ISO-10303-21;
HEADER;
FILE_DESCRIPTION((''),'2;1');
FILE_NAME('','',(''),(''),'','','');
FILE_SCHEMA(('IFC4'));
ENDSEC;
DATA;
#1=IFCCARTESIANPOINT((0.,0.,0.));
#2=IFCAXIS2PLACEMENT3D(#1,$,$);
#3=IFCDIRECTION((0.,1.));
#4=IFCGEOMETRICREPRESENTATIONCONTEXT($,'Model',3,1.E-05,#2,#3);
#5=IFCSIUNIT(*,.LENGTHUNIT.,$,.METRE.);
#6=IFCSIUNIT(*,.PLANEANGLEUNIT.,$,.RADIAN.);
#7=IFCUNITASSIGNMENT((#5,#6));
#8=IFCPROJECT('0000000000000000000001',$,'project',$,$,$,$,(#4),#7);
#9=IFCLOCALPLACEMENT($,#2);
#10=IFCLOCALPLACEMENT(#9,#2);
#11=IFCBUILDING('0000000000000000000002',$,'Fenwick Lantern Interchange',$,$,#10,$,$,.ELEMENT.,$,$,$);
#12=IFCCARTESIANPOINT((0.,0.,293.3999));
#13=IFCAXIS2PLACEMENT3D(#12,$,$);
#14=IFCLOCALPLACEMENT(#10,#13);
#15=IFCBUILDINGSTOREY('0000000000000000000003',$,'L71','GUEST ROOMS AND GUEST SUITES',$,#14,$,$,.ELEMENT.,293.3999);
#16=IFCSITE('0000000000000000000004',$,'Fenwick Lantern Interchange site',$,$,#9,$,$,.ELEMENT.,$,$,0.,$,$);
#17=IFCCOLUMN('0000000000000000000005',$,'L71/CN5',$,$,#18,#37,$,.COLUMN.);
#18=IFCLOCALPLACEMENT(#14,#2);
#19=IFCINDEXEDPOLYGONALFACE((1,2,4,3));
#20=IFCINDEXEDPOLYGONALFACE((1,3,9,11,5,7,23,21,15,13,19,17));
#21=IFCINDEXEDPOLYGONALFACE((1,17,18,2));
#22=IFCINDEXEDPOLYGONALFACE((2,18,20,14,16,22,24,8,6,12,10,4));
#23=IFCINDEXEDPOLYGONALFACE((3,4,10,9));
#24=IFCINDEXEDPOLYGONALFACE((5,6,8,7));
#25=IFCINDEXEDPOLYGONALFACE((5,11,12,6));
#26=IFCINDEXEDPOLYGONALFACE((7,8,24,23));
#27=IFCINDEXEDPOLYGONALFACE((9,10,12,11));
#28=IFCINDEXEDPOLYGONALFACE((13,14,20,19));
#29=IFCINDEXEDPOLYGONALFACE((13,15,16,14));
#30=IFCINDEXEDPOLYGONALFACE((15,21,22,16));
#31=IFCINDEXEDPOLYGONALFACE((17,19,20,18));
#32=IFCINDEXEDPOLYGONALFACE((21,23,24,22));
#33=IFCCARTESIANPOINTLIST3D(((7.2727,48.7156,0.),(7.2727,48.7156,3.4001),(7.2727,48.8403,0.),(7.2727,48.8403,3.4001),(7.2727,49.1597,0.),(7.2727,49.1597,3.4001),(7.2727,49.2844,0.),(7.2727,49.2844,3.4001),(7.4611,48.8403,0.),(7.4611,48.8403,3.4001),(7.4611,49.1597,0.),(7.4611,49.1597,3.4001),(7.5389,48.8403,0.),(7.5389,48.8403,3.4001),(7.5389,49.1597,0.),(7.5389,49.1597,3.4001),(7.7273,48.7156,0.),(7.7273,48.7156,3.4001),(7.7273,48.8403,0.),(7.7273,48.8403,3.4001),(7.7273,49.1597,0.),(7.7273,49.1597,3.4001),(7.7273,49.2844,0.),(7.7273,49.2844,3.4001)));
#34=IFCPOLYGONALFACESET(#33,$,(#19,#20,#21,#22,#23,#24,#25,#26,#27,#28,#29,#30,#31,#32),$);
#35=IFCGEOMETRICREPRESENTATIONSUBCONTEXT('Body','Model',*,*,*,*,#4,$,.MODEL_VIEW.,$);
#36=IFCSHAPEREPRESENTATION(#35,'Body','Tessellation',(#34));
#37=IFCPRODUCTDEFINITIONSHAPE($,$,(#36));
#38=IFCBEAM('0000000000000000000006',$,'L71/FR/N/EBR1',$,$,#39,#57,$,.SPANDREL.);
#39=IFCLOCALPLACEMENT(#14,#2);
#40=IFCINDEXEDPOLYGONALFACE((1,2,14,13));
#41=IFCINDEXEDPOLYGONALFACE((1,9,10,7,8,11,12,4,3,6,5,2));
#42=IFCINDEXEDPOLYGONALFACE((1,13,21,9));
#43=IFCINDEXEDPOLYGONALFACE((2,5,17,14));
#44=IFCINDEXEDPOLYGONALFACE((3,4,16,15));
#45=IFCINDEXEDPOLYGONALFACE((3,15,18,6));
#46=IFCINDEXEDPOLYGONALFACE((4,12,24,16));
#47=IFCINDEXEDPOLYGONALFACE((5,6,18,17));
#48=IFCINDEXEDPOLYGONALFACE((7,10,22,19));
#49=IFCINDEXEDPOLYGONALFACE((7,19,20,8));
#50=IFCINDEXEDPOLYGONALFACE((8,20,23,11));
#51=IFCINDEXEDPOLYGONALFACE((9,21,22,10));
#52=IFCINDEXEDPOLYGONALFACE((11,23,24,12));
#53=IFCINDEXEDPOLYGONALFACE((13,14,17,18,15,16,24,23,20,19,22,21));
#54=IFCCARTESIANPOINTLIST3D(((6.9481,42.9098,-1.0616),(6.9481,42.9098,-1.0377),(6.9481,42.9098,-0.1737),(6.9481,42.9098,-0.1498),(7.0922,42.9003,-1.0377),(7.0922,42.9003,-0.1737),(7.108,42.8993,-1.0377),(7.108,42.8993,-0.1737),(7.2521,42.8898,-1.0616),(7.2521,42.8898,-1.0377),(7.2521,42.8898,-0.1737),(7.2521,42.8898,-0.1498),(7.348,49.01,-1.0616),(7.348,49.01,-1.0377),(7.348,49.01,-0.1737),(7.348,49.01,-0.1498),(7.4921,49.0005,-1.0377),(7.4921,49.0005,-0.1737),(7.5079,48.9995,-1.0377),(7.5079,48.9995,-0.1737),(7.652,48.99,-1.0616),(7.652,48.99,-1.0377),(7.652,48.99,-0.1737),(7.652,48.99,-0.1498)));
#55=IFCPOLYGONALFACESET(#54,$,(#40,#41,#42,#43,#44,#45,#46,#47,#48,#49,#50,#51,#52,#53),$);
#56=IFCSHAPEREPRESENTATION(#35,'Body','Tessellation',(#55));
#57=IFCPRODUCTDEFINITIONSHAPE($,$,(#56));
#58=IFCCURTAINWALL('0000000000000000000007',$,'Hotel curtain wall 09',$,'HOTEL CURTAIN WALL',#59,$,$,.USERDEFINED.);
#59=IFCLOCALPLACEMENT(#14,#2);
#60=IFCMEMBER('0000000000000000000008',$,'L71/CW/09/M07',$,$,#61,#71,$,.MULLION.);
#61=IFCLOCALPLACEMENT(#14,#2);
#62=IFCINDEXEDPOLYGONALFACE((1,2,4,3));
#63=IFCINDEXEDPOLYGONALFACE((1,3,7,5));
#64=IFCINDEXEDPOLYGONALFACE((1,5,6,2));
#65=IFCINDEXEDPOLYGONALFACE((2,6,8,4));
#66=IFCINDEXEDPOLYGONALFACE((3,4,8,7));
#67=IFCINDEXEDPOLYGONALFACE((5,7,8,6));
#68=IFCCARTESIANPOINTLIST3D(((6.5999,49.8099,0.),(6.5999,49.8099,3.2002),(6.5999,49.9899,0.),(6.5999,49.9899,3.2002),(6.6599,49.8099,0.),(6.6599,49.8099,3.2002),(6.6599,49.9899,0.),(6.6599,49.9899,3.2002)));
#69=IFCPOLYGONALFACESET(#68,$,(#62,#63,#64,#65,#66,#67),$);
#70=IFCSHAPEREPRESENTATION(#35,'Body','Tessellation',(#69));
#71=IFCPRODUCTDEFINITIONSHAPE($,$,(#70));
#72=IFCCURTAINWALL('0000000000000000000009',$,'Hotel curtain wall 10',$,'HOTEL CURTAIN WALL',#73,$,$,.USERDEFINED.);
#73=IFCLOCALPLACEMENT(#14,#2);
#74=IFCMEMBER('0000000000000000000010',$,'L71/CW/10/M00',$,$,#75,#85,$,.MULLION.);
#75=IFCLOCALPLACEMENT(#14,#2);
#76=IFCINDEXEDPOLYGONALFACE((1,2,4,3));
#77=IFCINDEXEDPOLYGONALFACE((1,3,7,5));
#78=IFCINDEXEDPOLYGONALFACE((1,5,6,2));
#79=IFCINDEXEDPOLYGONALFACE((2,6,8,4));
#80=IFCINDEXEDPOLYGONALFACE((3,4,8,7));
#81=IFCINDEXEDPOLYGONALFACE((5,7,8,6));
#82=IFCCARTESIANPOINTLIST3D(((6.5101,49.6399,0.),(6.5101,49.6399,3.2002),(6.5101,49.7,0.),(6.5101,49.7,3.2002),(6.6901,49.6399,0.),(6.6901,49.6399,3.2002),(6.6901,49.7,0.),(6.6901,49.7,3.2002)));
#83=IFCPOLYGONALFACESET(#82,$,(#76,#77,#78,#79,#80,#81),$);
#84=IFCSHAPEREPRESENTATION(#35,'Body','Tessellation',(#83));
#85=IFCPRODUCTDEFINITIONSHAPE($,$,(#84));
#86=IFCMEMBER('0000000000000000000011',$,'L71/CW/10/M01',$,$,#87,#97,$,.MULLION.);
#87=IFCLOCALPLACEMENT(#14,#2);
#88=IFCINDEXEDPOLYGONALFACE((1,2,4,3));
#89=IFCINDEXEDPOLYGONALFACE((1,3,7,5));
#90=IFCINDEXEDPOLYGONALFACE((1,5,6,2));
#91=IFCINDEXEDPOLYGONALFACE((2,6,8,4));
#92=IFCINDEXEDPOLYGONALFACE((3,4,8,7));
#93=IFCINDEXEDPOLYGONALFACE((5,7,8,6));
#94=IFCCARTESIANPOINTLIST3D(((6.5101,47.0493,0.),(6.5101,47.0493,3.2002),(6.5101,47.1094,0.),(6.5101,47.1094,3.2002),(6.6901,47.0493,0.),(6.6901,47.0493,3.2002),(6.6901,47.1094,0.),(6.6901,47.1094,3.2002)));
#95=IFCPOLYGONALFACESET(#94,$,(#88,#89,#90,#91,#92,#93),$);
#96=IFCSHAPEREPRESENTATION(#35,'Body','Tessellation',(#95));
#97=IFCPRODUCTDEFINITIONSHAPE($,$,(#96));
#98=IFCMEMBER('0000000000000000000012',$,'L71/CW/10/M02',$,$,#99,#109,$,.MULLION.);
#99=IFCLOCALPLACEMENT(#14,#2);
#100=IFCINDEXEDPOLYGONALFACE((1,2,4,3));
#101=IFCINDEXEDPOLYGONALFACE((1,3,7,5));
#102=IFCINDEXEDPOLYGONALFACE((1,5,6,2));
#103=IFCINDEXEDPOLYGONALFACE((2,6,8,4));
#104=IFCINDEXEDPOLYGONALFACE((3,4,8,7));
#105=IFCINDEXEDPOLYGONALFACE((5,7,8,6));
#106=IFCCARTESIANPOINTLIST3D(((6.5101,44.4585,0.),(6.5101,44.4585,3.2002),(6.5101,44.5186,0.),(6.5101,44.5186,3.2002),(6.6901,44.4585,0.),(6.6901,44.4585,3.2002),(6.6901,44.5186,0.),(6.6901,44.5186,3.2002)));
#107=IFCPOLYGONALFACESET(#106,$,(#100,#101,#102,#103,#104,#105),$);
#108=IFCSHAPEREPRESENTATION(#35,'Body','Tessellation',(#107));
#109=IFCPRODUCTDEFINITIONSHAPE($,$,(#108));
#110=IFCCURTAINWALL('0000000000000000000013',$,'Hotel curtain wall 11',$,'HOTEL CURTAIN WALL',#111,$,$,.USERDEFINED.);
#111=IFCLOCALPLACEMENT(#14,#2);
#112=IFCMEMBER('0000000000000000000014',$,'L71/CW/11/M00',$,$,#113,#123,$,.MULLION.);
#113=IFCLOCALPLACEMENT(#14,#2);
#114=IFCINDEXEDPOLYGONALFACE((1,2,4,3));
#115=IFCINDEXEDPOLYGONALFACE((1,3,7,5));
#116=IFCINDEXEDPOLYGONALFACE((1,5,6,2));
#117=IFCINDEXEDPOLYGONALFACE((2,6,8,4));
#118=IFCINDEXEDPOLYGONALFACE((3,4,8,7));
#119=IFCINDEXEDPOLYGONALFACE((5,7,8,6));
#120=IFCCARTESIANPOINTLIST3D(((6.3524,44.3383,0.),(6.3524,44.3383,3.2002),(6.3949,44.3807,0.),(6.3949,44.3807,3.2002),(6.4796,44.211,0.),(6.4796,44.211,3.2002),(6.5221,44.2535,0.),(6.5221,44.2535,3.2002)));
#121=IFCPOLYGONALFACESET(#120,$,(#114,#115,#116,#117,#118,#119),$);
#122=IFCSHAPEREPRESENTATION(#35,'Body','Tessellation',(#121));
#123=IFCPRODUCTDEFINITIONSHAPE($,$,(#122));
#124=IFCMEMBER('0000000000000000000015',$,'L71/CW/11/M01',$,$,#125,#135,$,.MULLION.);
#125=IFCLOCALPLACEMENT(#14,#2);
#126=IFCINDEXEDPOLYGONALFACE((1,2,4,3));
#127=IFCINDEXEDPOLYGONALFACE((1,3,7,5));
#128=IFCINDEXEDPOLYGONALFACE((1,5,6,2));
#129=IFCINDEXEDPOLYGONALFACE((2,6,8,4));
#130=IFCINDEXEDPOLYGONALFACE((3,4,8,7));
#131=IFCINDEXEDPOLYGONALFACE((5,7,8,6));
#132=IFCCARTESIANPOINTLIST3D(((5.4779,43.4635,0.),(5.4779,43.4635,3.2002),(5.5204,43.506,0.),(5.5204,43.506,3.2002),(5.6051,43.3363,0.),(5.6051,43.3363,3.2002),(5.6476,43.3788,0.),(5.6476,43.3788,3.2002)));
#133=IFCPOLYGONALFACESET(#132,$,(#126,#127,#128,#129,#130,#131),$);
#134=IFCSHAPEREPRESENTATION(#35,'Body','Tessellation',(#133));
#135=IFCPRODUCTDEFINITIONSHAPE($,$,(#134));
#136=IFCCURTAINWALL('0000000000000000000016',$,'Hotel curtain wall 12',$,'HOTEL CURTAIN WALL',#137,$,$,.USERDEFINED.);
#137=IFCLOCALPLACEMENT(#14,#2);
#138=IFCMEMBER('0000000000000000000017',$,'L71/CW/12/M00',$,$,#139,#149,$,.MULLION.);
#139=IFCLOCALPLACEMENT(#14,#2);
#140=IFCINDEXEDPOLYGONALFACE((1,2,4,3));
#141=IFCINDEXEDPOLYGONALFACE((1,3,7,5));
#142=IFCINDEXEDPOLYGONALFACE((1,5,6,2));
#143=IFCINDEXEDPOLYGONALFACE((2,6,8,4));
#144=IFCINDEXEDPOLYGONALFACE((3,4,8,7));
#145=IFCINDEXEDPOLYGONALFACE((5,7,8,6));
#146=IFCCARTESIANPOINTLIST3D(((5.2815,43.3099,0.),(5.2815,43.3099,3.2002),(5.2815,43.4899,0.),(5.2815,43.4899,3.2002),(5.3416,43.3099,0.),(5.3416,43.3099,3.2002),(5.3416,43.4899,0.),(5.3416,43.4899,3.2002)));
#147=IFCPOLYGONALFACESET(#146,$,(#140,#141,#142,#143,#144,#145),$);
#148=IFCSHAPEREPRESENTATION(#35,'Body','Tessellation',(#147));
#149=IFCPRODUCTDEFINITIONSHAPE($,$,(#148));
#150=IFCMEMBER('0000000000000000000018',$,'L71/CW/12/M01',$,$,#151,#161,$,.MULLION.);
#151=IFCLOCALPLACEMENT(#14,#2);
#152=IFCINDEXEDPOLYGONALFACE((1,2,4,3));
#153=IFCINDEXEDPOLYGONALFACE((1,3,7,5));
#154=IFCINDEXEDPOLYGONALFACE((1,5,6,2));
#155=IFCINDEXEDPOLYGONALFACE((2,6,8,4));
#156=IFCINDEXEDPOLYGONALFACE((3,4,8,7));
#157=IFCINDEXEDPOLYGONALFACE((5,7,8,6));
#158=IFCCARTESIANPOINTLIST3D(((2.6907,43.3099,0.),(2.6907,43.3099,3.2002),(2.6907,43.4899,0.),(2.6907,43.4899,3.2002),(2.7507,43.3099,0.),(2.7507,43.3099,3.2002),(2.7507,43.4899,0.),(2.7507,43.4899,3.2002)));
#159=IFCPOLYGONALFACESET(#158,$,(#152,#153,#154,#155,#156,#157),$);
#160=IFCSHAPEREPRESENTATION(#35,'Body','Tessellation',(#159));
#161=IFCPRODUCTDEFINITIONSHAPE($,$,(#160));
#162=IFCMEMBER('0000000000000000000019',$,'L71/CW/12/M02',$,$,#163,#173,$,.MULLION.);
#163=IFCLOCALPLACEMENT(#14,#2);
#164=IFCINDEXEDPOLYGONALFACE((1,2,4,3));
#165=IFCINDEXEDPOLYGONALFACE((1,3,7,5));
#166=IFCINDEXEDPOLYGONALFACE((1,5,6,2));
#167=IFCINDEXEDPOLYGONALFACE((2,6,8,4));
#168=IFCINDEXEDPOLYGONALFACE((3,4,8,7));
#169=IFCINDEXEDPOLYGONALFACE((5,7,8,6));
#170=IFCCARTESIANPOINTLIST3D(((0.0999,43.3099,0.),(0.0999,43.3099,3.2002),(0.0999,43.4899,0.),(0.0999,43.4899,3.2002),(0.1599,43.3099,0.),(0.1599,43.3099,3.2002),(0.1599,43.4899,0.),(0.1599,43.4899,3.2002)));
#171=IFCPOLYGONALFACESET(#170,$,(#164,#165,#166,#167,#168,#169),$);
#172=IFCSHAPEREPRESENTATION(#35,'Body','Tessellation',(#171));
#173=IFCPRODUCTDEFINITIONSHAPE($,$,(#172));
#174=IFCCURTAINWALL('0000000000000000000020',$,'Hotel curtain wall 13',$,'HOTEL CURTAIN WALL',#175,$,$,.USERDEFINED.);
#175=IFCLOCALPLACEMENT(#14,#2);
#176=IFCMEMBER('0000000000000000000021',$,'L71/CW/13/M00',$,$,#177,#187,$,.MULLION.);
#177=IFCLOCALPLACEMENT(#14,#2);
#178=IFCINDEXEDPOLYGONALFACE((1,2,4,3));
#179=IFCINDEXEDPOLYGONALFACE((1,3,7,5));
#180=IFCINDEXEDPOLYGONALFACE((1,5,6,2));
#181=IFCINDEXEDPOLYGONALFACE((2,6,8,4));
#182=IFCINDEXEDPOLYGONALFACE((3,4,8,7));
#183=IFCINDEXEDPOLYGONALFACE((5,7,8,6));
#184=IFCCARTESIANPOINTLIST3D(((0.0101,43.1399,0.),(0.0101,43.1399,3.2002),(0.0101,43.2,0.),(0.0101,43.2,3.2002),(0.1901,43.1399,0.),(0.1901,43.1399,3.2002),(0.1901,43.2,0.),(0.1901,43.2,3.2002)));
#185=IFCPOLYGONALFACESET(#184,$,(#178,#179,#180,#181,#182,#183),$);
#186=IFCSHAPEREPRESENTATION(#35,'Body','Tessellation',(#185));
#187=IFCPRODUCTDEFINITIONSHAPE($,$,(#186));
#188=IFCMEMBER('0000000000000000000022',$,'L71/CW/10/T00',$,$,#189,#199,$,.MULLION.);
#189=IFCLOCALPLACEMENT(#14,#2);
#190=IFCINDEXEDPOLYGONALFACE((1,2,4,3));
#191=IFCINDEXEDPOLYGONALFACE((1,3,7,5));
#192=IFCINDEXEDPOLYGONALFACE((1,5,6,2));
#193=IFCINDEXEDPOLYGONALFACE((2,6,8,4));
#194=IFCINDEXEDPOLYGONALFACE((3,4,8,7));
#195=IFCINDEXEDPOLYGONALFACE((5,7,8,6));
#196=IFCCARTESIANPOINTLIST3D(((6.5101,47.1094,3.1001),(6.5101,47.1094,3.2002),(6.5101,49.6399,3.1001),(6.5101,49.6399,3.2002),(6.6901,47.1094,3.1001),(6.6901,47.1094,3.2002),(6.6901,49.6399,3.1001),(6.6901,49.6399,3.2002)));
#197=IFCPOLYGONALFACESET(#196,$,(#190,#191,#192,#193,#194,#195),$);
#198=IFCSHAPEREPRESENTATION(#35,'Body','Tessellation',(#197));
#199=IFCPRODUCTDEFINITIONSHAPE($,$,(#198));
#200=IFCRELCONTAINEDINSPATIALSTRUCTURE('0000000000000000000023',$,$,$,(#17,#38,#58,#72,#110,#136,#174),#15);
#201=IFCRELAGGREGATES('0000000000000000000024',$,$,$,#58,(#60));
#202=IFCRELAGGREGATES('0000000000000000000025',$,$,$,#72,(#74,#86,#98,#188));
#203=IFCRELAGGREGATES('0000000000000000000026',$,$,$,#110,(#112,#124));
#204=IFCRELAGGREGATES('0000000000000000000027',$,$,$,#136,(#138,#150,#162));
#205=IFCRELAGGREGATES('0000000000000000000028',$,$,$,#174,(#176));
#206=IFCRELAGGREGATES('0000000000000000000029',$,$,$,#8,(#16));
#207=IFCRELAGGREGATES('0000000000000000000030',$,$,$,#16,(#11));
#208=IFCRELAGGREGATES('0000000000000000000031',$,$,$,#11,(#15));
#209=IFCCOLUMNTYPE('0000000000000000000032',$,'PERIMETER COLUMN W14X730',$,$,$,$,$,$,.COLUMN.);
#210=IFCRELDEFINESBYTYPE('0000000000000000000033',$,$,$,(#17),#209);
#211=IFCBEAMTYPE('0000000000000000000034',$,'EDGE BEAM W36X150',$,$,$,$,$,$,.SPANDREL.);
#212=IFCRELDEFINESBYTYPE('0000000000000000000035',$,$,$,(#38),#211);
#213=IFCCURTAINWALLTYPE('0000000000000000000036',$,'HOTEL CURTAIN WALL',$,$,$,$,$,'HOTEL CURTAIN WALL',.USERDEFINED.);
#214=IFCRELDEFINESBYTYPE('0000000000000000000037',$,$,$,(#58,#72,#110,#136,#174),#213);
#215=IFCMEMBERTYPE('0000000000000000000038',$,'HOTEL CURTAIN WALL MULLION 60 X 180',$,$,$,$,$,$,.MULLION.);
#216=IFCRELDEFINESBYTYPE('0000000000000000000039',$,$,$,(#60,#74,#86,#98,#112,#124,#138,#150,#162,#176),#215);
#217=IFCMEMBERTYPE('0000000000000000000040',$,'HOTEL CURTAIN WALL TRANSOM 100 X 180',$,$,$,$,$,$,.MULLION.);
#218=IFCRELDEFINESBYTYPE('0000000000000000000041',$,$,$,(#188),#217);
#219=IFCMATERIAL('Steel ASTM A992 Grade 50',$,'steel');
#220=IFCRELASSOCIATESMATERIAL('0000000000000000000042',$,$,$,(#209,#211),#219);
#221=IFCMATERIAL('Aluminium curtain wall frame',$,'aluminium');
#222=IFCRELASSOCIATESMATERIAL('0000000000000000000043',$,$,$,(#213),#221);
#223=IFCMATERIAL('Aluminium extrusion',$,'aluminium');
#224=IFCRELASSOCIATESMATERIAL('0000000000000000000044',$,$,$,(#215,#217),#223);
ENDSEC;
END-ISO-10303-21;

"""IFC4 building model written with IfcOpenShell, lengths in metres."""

from ifc_helpers import new_model, si_unit, direction, frame, origin, origin_2d, place, context, subcontext, project, spatial, rectangle, i_section, extrude, material, material_profile, profile_set, type_object, element, aggregate, save


model = new_model("IFC4")

# Units and contexts
model_context = context("Model", 3, precision=1e-05, world=origin(), true_north=direction((0.0, 1.0)))
body_context = subcontext(model_context, "Body", "Model", "MODEL_VIEW")
ifc_project = project(units=[si_unit("LENGTHUNIT", "METRE"), si_unit("PLANEANGLEUNIT", "RADIAN")], contexts=[model_context])

# Site, building, storey
site_placement = place(None, origin())
site = spatial("IfcSite", under=ifc_project, at=site_placement, Name="Fenwick Lantern Interchange site", CompositionType="ELEMENT", RefElevation=0.0)
building_placement = place(site_placement, origin())
building = spatial("IfcBuilding", under=site, at=building_placement, Name="Fenwick Lantern Interchange", CompositionType="ELEMENT")
storey_placement = place(building_placement, frame((0.0, 0.0, 293.3999)))
storey = spatial("IfcBuildingStorey", under=building, at=storey_placement, Name="L71", Description="GUEST ROOMS AND GUEST SUITES", CompositionType="ELEMENT", Elevation=293.3999)

# Column
ifc_material_1 = material(Name="Steel ASTM A992 Grade 50", Category="steel")
ifc_material_profile_1 = material_profile(ifc_material_1, i_section(OverallWidth=0.4546, OverallDepth=0.5688, WebThickness=0.0779, FlangeThickness=0.1248, at=origin_2d()), Name="W14X730")
ifc_profile_set_1 = profile_set([ifc_material_profile_1], Name="Steel ASTM A992 Grade 50")
column_type = type_object("IfcColumnType", Name="PERIMETER COLUMN W14X730", PredefinedType="COLUMN", material=ifc_profile_set_1)
column_placement = place(storey_placement, frame((7.5, 49.0, 0.0), z_axis=(0.0, 0.0, 1.0), x_axis=(1.0, 0.0, 0.0)))
element("IfcColumn", 1, at=column_placement, inside=storey, type_object=column_type, Name="L71/CN5", PredefinedType="COLUMN", context=body_context, shape_type="SweptSolid", body=[
    extrude(i_section(OverallWidth=0.4546, OverallDepth=0.5688, WebThickness=0.0779, FlangeThickness=0.1248, at=origin_2d()), origin(), (0.0, 0.0, 1.0), 3.4001),
])

# Beam
ifc_material_profile_2 = material_profile(ifc_material_1, i_section(OverallWidth=0.3047, OverallDepth=0.9119, WebThickness=0.0159, FlangeThickness=0.0239, at=origin_2d()), Name="W36X150")
ifc_profile_set_2 = profile_set([ifc_material_profile_2], Name="Steel ASTM A992 Grade 50")
beam_type = type_object("IfcBeamType", Name="EDGE BEAM W36X150", PredefinedType="SPANDREL", material=ifc_profile_set_2)
beam_placement = place(storey_placement, frame((7.5, 49.0, -0.6057), z_axis=(-0.065416, -0.997858, 0.0), x_axis=(0.997858, -0.065416, 0.0)))
element("IfcBeam", 2, at=beam_placement, inside=storey, type_object=beam_type, Name="L71/FR/N/EBR1", PredefinedType="SPANDREL", context=body_context, shape_type="SweptSolid", body=[
    extrude(i_section(OverallWidth=0.3047, OverallDepth=0.9119, WebThickness=0.0159, FlangeThickness=0.0239, at=origin_2d()), origin(), (0.0, 0.0, 1.0), 6.1133),
])

# Curtain wall, member
ifc_material_2 = material(Name="Aluminium curtain wall frame", Category="aluminium")
curtain_wall_type = type_object("IfcCurtainWallType", Name="HOTEL CURTAIN WALL", ElementType="HOTEL CURTAIN WALL", PredefinedType="USERDEFINED", material=ifc_material_2)
curtain_wall_1_placement = place(storey_placement, origin())
curtain_wall_1 = element("IfcCurtainWall", 3, at=curtain_wall_1_placement, inside=storey, type_object=curtain_wall_type, Name="Hotel curtain wall 09", ObjectType="HOTEL CURTAIN WALL", PredefinedType="USERDEFINED")
ifc_material_3 = material(Name="Aluminium extrusion", Category="aluminium")
ifc_material_profile_3 = material_profile(ifc_material_3, rectangle(XDim=0.1799, YDim=0.0601, at=origin_2d()), Name="HOTEL CURTAIN WALL MULLION 60 X 180")
ifc_profile_set_3 = profile_set([ifc_material_profile_3], Name="Aluminium extrusion")
member_type_1 = type_object("IfcMemberType", Name="HOTEL CURTAIN WALL MULLION 60 X 180", PredefinedType="MULLION", material=ifc_profile_set_3)
member_1_placement = place(storey_placement, frame((6.6299, 49.8999, 0.0), z_axis=(0.0, 0.0, 1.0), x_axis=(0.0, -1.0, 0.0)))
member_1 = element("IfcMember", 4, at=member_1_placement, type_object=member_type_1, Name="L71/CW/09/M07", PredefinedType="MULLION", context=body_context, shape_type="SweptSolid", body=[
    extrude(rectangle(XDim=0.1799, YDim=0.0601, at=origin_2d()), origin(), (0.0, 0.0, 1.0), 3.2002),
])
aggregate(curtain_wall_1, [member_1])

# Curtain walls, members
curtain_wall_2_placement = place(storey_placement, origin())
curtain_wall_2 = element("IfcCurtainWall", 5, at=curtain_wall_2_placement, inside=storey, type_object=curtain_wall_type, Name="Hotel curtain wall 10", ObjectType="HOTEL CURTAIN WALL", PredefinedType="USERDEFINED")
member_2_placement = place(storey_placement, frame((6.6001, 49.6699, 0.0), z_axis=(0.0, 0.0, 1.0), x_axis=(1.0, 0.0, 0.0)))
member_2 = element("IfcMember", 6, at=member_2_placement, type_object=member_type_1, Name="L71/CW/10/M00", PredefinedType="MULLION", context=body_context, shape_type="SweptSolid", body=[
    extrude(rectangle(XDim=0.1799, YDim=0.0601, at=origin_2d()), origin(), (0.0, 0.0, 1.0), 3.2002),
])
member_3_placement = place(storey_placement, frame((6.6001, 47.0793, 0.0), z_axis=(0.0, 0.0, 1.0), x_axis=(1.0, 0.0, 0.0)))
member_3 = element("IfcMember", 7, at=member_3_placement, type_object=member_type_1, Name="L71/CW/10/M01", PredefinedType="MULLION", context=body_context, shape_type="SweptSolid", body=[
    extrude(rectangle(XDim=0.1799, YDim=0.0601, at=origin_2d()), origin(), (0.0, 0.0, 1.0), 3.2002),
])
member_4_placement = place(storey_placement, frame((6.6001, 44.4885, 0.0), z_axis=(0.0, 0.0, 1.0), x_axis=(1.0, 0.0, 0.0)))
member_4 = element("IfcMember", 8, at=member_4_placement, type_object=member_type_1, Name="L71/CW/10/M02", PredefinedType="MULLION", context=body_context, shape_type="SweptSolid", body=[
    extrude(rectangle(XDim=0.1799, YDim=0.0601, at=origin_2d()), origin(), (0.0, 0.0, 1.0), 3.2002),
])
curtain_wall_3_placement = place(storey_placement, origin())
curtain_wall_3 = element("IfcCurtainWall", 9, at=curtain_wall_3_placement, inside=storey, type_object=curtain_wall_type, Name="Hotel curtain wall 11", ObjectType="HOTEL CURTAIN WALL", PredefinedType="USERDEFINED")
member_5_placement = place(storey_placement, frame((6.4373, 44.2959, 0.0), z_axis=(0.0, 0.0, 1.0), x_axis=(0.707107, -0.707107, 0.0)))
member_5 = element("IfcMember", 10, at=member_5_placement, type_object=member_type_1, Name="L71/CW/11/M00", PredefinedType="MULLION", context=body_context, shape_type="SweptSolid", body=[
    extrude(rectangle(XDim=0.1799, YDim=0.0601, at=origin_2d()), origin(), (0.0, 0.0, 1.0), 3.2002),
])
member_6_placement = place(storey_placement, frame((5.5627, 43.4211, 0.0), z_axis=(0.0, 0.0, 1.0), x_axis=(0.707107, -0.707107, 0.0)))
member_6 = element("IfcMember", 11, at=member_6_placement, type_object=member_type_1, Name="L71/CW/11/M01", PredefinedType="MULLION", context=body_context, shape_type="SweptSolid", body=[
    extrude(rectangle(XDim=0.1799, YDim=0.0601, at=origin_2d()), origin(), (0.0, 0.0, 1.0), 3.2002),
])
curtain_wall_4_placement = place(storey_placement, origin())
curtain_wall_4 = element("IfcCurtainWall", 12, at=curtain_wall_4_placement, inside=storey, type_object=curtain_wall_type, Name="Hotel curtain wall 12", ObjectType="HOTEL CURTAIN WALL", PredefinedType="USERDEFINED")
member_7_placement = place(storey_placement, frame((5.3115, 43.3999, 0.0), z_axis=(0.0, 0.0, 1.0), x_axis=(0.0, -1.0, 0.0)))
member_7 = element("IfcMember", 13, at=member_7_placement, type_object=member_type_1, Name="L71/CW/12/M00", PredefinedType="MULLION", context=body_context, shape_type="SweptSolid", body=[
    extrude(rectangle(XDim=0.1799, YDim=0.0601, at=origin_2d()), origin(), (0.0, 0.0, 1.0), 3.2002),
])
member_8_placement = place(storey_placement, frame((2.7207, 43.3999, 0.0), z_axis=(0.0, 0.0, 1.0), x_axis=(0.0, -1.0, 0.0)))
member_8 = element("IfcMember", 14, at=member_8_placement, type_object=member_type_1, Name="L71/CW/12/M01", PredefinedType="MULLION", context=body_context, shape_type="SweptSolid", body=[
    extrude(rectangle(XDim=0.1799, YDim=0.0601, at=origin_2d()), origin(), (0.0, 0.0, 1.0), 3.2002),
])
member_9_placement = place(storey_placement, frame((0.1299, 43.3999, 0.0), z_axis=(0.0, 0.0, 1.0), x_axis=(0.0, -1.0, 0.0)))
member_9 = element("IfcMember", 15, at=member_9_placement, type_object=member_type_1, Name="L71/CW/12/M02", PredefinedType="MULLION", context=body_context, shape_type="SweptSolid", body=[
    extrude(rectangle(XDim=0.1799, YDim=0.0601, at=origin_2d()), origin(), (0.0, 0.0, 1.0), 3.2002),
])

# Curtain wall, member
curtain_wall_5_placement = place(storey_placement, origin())
curtain_wall_5 = element("IfcCurtainWall", 16, at=curtain_wall_5_placement, inside=storey, type_object=curtain_wall_type, Name="Hotel curtain wall 13", ObjectType="HOTEL CURTAIN WALL", PredefinedType="USERDEFINED")
member_10_placement = place(storey_placement, frame((0.1001, 43.1699, 0.0), z_axis=(0.0, 0.0, 1.0), x_axis=(1.0, 0.0, 0.0)))
member_10 = element("IfcMember", 17, at=member_10_placement, type_object=member_type_1, Name="L71/CW/13/M00", PredefinedType="MULLION", context=body_context, shape_type="SweptSolid", body=[
    extrude(rectangle(XDim=0.1799, YDim=0.0601, at=origin_2d()), origin(), (0.0, 0.0, 1.0), 3.2002),
])

# Member
ifc_material_profile_4 = material_profile(ifc_material_3, rectangle(XDim=0.1799, YDim=0.1001, at=origin_2d()), Name="HOTEL CURTAIN WALL TRANSOM 100 X 180")
ifc_profile_set_4 = profile_set([ifc_material_profile_4], Name="Aluminium extrusion")
member_type_2 = type_object("IfcMemberType", Name="HOTEL CURTAIN WALL TRANSOM 100 X 180", PredefinedType="MULLION", material=ifc_profile_set_4)
member_11_placement = place(storey_placement, frame((6.6001, 49.6399, 3.1501), z_axis=(0.0, -1.0, 0.0), x_axis=(1.0, 0.0, 0.0)))
member_11 = element("IfcMember", 18, at=member_11_placement, type_object=member_type_2, Name="L71/CW/10/T00", PredefinedType="MULLION", context=body_context, shape_type="SweptSolid", body=[
    extrude(rectangle(XDim=0.1799, YDim=0.1001, at=origin_2d()), origin(), (0.0, 0.0, 1.0), 2.5305),
])

aggregate(curtain_wall_2, [member_2, member_3, member_4, member_11])
aggregate(curtain_wall_3, [member_5, member_6])
aggregate(curtain_wall_4, [member_7, member_8, member_9])
aggregate(curtain_wall_5, [member_10])

save(model, "model.ifc")
